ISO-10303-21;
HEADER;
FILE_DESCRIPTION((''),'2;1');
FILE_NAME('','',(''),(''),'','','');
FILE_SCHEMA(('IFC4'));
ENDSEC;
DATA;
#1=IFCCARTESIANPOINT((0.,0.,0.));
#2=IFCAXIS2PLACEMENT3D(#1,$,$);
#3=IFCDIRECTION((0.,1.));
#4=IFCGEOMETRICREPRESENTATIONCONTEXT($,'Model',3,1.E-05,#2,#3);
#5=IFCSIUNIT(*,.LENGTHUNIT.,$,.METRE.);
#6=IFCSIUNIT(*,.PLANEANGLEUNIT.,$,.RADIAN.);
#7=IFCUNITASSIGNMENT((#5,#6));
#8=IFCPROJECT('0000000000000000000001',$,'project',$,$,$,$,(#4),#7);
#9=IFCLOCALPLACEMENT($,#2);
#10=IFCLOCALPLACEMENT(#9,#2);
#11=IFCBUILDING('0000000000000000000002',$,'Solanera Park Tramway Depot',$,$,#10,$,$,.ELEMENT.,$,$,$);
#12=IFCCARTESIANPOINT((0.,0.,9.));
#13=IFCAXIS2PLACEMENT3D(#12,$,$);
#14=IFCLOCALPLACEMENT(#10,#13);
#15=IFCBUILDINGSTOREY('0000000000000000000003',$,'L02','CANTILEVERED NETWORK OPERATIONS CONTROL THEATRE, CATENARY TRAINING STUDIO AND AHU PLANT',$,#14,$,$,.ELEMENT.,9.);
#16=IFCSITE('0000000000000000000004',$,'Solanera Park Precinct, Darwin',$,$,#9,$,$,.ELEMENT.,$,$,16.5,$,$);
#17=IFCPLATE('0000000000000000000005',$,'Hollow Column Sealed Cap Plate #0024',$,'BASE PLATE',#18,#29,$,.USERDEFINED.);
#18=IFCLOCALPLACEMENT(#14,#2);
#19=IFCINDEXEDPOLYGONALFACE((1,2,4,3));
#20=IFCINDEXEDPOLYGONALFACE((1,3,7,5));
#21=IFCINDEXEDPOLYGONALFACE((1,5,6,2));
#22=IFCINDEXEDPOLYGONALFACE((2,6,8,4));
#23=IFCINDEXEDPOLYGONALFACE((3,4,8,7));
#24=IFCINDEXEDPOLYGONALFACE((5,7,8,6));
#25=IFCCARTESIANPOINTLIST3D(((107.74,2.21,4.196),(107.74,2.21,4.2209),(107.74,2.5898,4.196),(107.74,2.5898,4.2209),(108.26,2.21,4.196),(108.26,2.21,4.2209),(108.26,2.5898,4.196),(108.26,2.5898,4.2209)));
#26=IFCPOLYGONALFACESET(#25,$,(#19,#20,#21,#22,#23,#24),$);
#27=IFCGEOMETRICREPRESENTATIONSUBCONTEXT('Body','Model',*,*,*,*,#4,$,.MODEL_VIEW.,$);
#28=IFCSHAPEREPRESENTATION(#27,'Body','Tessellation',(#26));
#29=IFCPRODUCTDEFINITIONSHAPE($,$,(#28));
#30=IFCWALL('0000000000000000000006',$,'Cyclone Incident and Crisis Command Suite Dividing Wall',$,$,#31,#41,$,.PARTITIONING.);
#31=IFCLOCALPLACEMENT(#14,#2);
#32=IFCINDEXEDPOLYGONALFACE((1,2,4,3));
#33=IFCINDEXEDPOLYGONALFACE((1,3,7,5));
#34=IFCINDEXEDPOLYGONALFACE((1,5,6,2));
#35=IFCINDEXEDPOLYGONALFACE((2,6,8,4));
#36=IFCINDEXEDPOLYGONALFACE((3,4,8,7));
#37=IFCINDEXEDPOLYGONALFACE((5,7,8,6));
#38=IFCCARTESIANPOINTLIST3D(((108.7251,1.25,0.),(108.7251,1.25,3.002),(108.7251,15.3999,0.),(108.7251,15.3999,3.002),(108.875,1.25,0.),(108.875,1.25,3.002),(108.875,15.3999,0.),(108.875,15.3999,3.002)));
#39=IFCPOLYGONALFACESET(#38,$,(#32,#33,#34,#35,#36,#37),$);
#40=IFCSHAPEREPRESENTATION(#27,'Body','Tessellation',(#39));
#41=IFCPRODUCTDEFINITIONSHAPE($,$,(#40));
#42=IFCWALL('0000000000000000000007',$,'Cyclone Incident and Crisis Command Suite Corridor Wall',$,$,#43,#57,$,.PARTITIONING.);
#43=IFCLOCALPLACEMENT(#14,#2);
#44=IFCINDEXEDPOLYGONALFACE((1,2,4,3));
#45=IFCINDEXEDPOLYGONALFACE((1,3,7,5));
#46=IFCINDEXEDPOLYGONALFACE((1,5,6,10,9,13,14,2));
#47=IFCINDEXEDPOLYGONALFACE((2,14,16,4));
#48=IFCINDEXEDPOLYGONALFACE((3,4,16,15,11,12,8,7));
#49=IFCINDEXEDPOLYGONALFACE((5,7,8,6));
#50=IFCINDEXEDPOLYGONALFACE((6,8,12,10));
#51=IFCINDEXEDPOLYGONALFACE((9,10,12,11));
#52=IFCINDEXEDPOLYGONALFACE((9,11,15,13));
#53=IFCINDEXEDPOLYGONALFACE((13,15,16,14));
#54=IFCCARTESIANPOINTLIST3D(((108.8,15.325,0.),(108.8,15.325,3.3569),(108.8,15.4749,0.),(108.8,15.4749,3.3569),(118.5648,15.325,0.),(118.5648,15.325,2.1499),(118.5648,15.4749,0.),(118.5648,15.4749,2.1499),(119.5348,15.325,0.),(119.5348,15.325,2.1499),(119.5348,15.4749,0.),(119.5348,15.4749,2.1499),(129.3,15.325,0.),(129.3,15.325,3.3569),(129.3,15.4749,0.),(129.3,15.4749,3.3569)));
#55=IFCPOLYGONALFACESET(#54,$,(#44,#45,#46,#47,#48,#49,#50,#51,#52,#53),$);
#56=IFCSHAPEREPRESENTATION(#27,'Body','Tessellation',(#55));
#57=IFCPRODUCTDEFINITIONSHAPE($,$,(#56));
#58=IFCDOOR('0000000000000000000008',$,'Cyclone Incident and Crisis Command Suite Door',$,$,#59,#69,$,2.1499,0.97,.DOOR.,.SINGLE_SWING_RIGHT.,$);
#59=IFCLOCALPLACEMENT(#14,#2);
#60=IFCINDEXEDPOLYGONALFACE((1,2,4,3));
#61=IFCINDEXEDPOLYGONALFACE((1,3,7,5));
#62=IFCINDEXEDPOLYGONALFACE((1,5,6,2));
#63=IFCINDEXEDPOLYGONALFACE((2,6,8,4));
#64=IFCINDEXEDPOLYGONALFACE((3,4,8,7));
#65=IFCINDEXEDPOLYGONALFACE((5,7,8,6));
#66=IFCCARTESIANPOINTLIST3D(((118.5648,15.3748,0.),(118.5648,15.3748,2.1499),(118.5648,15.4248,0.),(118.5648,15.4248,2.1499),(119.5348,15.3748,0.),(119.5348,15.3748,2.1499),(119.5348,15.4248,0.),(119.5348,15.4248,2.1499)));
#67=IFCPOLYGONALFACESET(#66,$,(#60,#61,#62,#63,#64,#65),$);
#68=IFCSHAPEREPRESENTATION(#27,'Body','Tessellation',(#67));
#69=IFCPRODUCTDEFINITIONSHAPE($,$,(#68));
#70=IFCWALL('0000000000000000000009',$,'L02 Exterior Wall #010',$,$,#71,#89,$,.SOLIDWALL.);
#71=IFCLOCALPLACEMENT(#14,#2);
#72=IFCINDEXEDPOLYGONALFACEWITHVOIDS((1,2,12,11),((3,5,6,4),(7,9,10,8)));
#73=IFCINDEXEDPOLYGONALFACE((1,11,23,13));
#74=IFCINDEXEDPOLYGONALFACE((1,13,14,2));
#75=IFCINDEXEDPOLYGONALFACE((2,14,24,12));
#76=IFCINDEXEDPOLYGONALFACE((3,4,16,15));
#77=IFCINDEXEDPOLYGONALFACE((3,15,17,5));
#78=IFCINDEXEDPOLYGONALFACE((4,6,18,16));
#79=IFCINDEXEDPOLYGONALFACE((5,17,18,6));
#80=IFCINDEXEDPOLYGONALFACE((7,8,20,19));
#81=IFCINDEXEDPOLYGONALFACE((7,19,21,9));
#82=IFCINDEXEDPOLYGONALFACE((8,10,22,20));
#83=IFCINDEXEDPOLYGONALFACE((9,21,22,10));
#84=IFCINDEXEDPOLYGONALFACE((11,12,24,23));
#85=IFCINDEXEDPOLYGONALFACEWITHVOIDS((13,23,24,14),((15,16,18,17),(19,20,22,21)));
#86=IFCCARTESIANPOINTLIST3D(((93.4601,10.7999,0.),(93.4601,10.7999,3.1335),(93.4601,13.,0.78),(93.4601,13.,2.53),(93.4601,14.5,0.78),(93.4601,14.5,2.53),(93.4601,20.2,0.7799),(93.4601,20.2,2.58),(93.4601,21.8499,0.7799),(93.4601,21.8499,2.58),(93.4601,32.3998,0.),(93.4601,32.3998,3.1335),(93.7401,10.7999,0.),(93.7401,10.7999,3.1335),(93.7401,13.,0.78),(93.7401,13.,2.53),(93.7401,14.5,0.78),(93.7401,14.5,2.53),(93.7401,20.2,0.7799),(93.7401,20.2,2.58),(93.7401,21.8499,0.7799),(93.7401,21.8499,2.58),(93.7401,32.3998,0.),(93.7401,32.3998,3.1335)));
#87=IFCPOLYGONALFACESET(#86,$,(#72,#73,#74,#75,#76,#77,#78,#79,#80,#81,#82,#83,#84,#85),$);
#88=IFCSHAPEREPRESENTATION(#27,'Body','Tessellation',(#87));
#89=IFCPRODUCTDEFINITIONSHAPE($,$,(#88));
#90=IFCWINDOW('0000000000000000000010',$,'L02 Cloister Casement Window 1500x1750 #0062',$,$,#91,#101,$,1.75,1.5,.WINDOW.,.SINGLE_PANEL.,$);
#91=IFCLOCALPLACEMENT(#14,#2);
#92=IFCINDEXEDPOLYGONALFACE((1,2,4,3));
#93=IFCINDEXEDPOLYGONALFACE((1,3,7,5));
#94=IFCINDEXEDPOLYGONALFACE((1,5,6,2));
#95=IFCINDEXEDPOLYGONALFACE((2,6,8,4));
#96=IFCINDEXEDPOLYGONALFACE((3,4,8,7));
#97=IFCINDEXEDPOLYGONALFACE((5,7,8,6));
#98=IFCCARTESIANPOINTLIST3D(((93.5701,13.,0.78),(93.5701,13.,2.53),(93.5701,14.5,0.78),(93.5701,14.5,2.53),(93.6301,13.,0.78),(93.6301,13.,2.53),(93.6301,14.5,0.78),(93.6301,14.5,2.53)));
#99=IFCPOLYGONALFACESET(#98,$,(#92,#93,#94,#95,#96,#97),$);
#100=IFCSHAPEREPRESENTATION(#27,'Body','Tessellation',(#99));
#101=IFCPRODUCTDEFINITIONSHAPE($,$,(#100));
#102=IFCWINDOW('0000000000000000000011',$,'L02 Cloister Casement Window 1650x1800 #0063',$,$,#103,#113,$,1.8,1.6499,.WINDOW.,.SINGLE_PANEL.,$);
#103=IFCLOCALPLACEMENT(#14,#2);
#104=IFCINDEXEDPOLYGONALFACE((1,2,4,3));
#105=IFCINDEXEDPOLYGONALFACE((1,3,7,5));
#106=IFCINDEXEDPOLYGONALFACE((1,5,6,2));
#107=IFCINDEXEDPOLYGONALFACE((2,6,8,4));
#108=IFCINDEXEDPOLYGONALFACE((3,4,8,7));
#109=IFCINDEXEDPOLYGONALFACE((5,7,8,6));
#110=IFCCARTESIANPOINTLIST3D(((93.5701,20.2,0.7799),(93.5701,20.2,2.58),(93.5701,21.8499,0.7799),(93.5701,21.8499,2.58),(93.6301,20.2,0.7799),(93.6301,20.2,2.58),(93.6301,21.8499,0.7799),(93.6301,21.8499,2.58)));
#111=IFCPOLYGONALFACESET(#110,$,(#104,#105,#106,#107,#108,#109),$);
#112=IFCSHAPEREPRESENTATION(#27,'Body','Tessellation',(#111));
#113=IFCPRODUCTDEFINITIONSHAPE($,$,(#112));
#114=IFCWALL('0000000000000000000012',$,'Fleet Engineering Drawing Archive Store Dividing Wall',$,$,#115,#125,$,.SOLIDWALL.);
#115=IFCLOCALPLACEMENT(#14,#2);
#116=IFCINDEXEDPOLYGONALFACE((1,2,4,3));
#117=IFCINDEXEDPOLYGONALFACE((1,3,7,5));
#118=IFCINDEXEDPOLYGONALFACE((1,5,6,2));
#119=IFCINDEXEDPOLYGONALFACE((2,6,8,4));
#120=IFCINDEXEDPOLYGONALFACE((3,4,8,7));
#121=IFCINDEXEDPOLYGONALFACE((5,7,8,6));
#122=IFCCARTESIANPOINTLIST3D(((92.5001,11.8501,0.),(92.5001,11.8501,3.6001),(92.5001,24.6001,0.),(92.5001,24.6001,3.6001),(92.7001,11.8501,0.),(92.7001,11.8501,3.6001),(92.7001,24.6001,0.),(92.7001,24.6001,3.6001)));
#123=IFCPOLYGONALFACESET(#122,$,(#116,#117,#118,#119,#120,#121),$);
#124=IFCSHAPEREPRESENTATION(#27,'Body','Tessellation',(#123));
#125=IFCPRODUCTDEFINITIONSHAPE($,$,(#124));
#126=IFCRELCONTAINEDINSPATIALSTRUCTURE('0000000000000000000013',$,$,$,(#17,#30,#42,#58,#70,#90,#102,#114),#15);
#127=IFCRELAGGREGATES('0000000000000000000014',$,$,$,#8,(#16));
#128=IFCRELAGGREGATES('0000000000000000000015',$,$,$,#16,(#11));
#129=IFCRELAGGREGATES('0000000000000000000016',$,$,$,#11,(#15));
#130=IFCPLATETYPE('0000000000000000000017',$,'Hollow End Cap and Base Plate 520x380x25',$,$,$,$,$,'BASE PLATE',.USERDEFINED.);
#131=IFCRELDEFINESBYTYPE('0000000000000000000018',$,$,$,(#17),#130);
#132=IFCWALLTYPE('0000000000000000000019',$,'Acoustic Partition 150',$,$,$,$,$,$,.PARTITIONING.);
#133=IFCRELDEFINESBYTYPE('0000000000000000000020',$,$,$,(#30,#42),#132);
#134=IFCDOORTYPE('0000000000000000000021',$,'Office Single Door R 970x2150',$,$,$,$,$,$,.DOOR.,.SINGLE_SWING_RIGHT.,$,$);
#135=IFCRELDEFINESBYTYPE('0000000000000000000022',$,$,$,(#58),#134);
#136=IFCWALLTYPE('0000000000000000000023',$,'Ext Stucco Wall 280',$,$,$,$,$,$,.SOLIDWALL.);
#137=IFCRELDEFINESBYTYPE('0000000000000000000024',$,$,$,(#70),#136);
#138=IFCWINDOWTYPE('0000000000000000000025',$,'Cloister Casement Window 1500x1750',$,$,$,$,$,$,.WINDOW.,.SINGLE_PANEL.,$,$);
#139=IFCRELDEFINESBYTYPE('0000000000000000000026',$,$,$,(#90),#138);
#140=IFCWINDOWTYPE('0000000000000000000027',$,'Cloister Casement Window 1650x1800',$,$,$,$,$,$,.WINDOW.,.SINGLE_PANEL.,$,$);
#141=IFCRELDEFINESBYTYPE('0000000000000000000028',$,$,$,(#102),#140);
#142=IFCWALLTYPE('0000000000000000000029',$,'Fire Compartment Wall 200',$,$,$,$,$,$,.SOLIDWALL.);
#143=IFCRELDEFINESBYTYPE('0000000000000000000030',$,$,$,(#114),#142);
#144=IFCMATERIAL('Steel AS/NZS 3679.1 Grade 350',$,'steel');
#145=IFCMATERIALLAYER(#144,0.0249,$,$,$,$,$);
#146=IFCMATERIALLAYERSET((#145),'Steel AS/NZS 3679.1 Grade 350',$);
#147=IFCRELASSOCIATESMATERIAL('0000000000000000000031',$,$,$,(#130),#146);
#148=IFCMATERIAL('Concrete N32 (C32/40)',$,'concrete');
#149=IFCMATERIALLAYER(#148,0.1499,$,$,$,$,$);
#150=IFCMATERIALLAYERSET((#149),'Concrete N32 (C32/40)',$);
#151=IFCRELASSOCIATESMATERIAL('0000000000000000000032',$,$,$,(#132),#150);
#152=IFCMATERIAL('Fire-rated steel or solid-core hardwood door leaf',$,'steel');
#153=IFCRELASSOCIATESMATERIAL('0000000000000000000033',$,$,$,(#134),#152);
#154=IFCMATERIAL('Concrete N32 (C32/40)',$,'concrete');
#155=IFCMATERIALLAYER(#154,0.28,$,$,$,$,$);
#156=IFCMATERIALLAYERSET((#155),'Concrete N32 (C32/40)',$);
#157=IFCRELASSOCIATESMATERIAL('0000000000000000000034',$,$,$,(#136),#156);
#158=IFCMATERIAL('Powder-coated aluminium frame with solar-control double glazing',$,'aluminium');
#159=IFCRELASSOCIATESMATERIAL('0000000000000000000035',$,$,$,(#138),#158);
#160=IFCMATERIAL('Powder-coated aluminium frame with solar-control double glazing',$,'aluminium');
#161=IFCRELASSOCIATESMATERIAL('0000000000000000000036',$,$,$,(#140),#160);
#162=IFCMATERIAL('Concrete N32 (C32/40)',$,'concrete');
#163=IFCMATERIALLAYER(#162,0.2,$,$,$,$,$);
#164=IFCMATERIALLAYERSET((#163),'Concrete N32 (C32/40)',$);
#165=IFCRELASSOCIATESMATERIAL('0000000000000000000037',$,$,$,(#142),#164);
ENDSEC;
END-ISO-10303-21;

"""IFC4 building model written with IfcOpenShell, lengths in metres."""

from ifc_helpers import new_model, si_unit, direction, frame, frame_2d, origin, origin_2d, place, context, subcontext, project, spatial, rectangle, extrude, material, layer, layer_set, type_object, element, fill, save


model = new_model("IFC4")

# Units and contexts
model_context = context("Model", 3, precision=1e-05, world=origin(), true_north=direction((0.0, 1.0)))
body_context = subcontext(model_context, "Body", "Model", "MODEL_VIEW")
ifc_project = project(units=[si_unit("LENGTHUNIT", "METRE"), si_unit("PLANEANGLEUNIT", "RADIAN")], contexts=[model_context])

# Site, building, storey
site_placement = place(None, origin())
site = spatial("IfcSite", under=ifc_project, at=site_placement, Name="Solanera Park Precinct, Darwin", CompositionType="ELEMENT", RefElevation=16.5)
building_placement = place(site_placement, origin())
building = spatial("IfcBuilding", under=site, at=building_placement, Name="Solanera Park Tramway Depot", CompositionType="ELEMENT")
storey_placement = place(building_placement, frame((0.0, 0.0, 9.0)))
storey = spatial("IfcBuildingStorey", under=building, at=storey_placement, Name="L02", Description="CANTILEVERED NETWORK OPERATIONS CONTROL THEATRE, CATENARY TRAINING STUDIO AND AHU PLANT", CompositionType="ELEMENT", Elevation=9.0)

# Plate
ifc_material_1 = material(Name="Steel AS/NZS 3679.1 Grade 350", Category="steel")
ifc_layer_1 = layer(ifc_material_1, 0.0249)
ifc_layer_set_1 = layer_set([ifc_layer_1], Name="Steel AS/NZS 3679.1 Grade 350")
plate_type_1 = type_object("IfcPlateType", Name="Hollow End Cap and Base Plate 520x380x25", ElementType="BASE PLATE", PredefinedType="USERDEFINED", material=ifc_layer_set_1)
plate_1_placement = place(storey_placement, frame((108.0, 2.3999, 4.196), z_axis=(0.0, 0.0, 1.0), x_axis=(1.0, 0.0, 0.0)))
element("IfcPlate", 1, at=plate_1_placement, inside=storey, type_object=plate_type_1, Name="Hollow Column Sealed Cap Plate #0024", ObjectType="BASE PLATE", PredefinedType="USERDEFINED", context=body_context, shape_type="SweptSolid", body=[
    extrude(rectangle(XDim=0.52, YDim=0.3799, at=origin_2d()), origin(), (0.0, 0.0, 1.0), 0.0249),
])

# Wall
ifc_material_2 = material(Name="Concrete N32 (C32/40)", Category="concrete")
ifc_layer_2 = layer(ifc_material_2, 0.1499)
ifc_layer_set_2 = layer_set([ifc_layer_2], Name="Concrete N32 (C32/40)")
wall_type_1 = type_object("IfcWallType", Name="Acoustic Partition 150", PredefinedType="PARTITIONING", material=ifc_layer_set_2)
wall_1_placement = place(storey_placement, frame((108.8, 15.3999, 0.0), z_axis=(0.0, 0.0, 1.0), x_axis=(0.0, -1.0, 0.0)))
element("IfcWall", 2, at=wall_1_placement, inside=storey, type_object=wall_type_1, Name="Cyclone Incident and Crisis Command Suite Dividing Wall", PredefinedType="PARTITIONING", context=body_context, shape_type="SweptSolid", body=[
    extrude(rectangle(XDim=14.1499, YDim=0.1499, at=frame_2d((7.075, 0.0))), origin(), (0.0, 0.0, 1.0), 3.002),
])

# Wall, opening, door
wall_2_placement = place(storey_placement, frame((108.8, 15.3999, 0.0), z_axis=(0.0, 0.0, 1.0), x_axis=(1.0, 0.0, 0.0)))
wall_2 = element("IfcWall", 3, at=wall_2_placement, inside=storey, type_object=wall_type_1, Name="Cyclone Incident and Crisis Command Suite Corridor Wall", PredefinedType="PARTITIONING", context=body_context, shape_type="SweptSolid", body=[
    extrude(rectangle(XDim=20.5, YDim=0.1499, at=frame_2d((10.25, 0.0))), origin(), (0.0, 0.0, 1.0), 3.3569),
])
opening_1_placement = place(wall_2_placement, frame((9.7649, 0.0, 0.0)))
opening_1 = element("IfcOpeningElement", 4, at=opening_1_placement, cuts=wall_2, PredefinedType="OPENING", context=body_context, shape_type="SweptSolid", body=[
    extrude(rectangle(XDim=0.97, YDim=2.1499, at=frame_2d((0.4849, 1.075))), frame((0.0, 0.085, 0.0), z_axis=(0.0, -1.0, 0.0), x_axis=(1.0, 0.0, 0.0)), (0.0, 0.0, 1.0), 0.1699),
])
ifc_material_3 = material(Name="Fire-rated steel or solid-core hardwood door leaf", Category="steel")
door_type = type_object("IfcDoorType", Name="Office Single Door R 970x2150", OperationType="SINGLE_SWING_RIGHT", PredefinedType="DOOR", material=ifc_material_3)
door_placement = place(opening_1_placement, origin())
door = element("IfcDoor", 5, at=door_placement, inside=storey, type_object=door_type, Name="Cyclone Incident and Crisis Command Suite Door", OperationType="SINGLE_SWING_RIGHT", OverallHeight=2.1499, OverallWidth=0.97, PredefinedType="DOOR", context=body_context, shape_type="SweptSolid", body=[
    extrude(rectangle(XDim=0.97, YDim=2.1499, at=frame_2d((0.4849, 1.075))), frame((0.0, 0.0249, 0.0), z_axis=(0.0, -1.0, 0.0), x_axis=(1.0, 0.0, 0.0)), (0.0, 0.0, 1.0), 0.05),
])
fill(opening_1, door)

# Wall, openings, windows
ifc_material_4 = material(Name="Concrete N32 (C32/40)", Category="concrete")
ifc_layer_3 = layer(ifc_material_4, 0.28)
ifc_layer_set_3 = layer_set([ifc_layer_3], Name="Concrete N32 (C32/40)")
wall_type_2 = type_object("IfcWallType", Name="Ext Stucco Wall 280", PredefinedType="SOLIDWALL", material=ifc_layer_set_3)
wall_3_placement = place(storey_placement, frame((93.6001, 10.8, 0.0), z_axis=(0.0, 0.0, 1.0), x_axis=(0.0, 1.0, 0.0)))
wall_3 = element("IfcWall", 6, at=wall_3_placement, inside=storey, type_object=wall_type_2, Name="L02 Exterior Wall #010", PredefinedType="SOLIDWALL", context=body_context, shape_type="SweptSolid", body=[
    extrude(rectangle(XDim=21.5999, YDim=0.28, at=frame_2d((10.7998, 0.0))), origin(), (0.0, 0.0, 1.0), 3.1335),
])
opening_2_placement = place(wall_3_placement, frame((2.2, 0.0, 0.78)))
opening_2 = element("IfcOpeningElement", 7, at=opening_2_placement, cuts=wall_3, PredefinedType="OPENING", context=body_context, shape_type="SweptSolid", body=[
    extrude(rectangle(XDim=1.5, YDim=1.75, at=frame_2d((0.75, 0.875))), frame((0.0, 0.1499, 0.0), z_axis=(0.0, -1.0, 0.0), x_axis=(1.0, 0.0, 0.0)), (0.0, 0.0, 1.0), 0.3),
])
opening_3_placement = place(wall_3_placement, frame((9.3999, 0.0, 0.78)))
opening_3 = element("IfcOpeningElement", 8, at=opening_3_placement, cuts=wall_3, PredefinedType="OPENING", context=body_context, shape_type="SweptSolid", body=[
    extrude(rectangle(XDim=1.6499, YDim=1.8, at=frame_2d((0.825, 0.8999))), frame((0.0, 0.1499, 0.0), z_axis=(0.0, -1.0, 0.0), x_axis=(1.0, 0.0, 0.0)), (0.0, 0.0, 1.0), 0.3),
])
ifc_material_5 = material(Name="Powder-coated aluminium frame with solar-control double glazing", Category="aluminium")
window_type_1 = type_object("IfcWindowType", Name="Cloister Casement Window 1500x1750", PartitioningType="SINGLE_PANEL", PredefinedType="WINDOW", material=ifc_material_5)
window_1_placement = place(opening_2_placement, origin())
window_1 = element("IfcWindow", 9, at=window_1_placement, inside=storey, type_object=window_type_1, Name="L02 Cloister Casement Window 1500x1750 #0062", OverallHeight=1.75, OverallWidth=1.5, PartitioningType="SINGLE_PANEL", PredefinedType="WINDOW", context=body_context, shape_type="SweptSolid", body=[
    extrude(rectangle(XDim=1.5, YDim=1.75, at=frame_2d((0.75, 0.875))), frame((0.0, 0.03, 0.0), z_axis=(0.0, -1.0, 0.0), x_axis=(1.0, 0.0, 0.0)), (0.0, 0.0, 1.0), 0.0601),
])
fill(opening_2, window_1)
ifc_material_6 = material(Name="Powder-coated aluminium frame with solar-control double glazing", Category="aluminium")
window_type_2 = type_object("IfcWindowType", Name="Cloister Casement Window 1650x1800", PartitioningType="SINGLE_PANEL", PredefinedType="WINDOW", material=ifc_material_6)
window_2_placement = place(opening_3_placement, origin())
window_2 = element("IfcWindow", 10, at=window_2_placement, inside=storey, type_object=window_type_2, Name="L02 Cloister Casement Window 1650x1800 #0063", OverallHeight=1.8, OverallWidth=1.6499, PartitioningType="SINGLE_PANEL", PredefinedType="WINDOW", context=body_context, shape_type="SweptSolid", body=[
    extrude(rectangle(XDim=1.6499, YDim=1.8, at=frame_2d((0.825, 0.8999))), frame((0.0, 0.03, 0.0), z_axis=(0.0, -1.0, 0.0), x_axis=(1.0, 0.0, 0.0)), (0.0, 0.0, 1.0), 0.0601),
])
fill(opening_3, window_2)

# Wall
ifc_material_7 = material(Name="Concrete N32 (C32/40)", Category="concrete")
ifc_layer_4 = layer(ifc_material_7, 0.2)
ifc_layer_set_4 = layer_set([ifc_layer_4], Name="Concrete N32 (C32/40)")
wall_type_3 = type_object("IfcWallType", Name="Fire Compartment Wall 200", PredefinedType="SOLIDWALL", material=ifc_layer_set_4)
wall_4_placement = place(storey_placement, frame((92.6001, 11.8501, 0.0), z_axis=(0.0, 0.0, 1.0), x_axis=(0.0, 1.0, 0.0)))
element("IfcWall", 11, at=wall_4_placement, inside=storey, type_object=wall_type_3, Name="Fleet Engineering Drawing Archive Store Dividing Wall", PredefinedType="SOLIDWALL", context=body_context, shape_type="SweptSolid", body=[
    extrude(rectangle(XDim=12.75, YDim=0.2, at=frame_2d((6.375, 0.0))), origin(), (0.0, 0.0, 1.0), 3.6001),
])

save(model, "model.ifc")
